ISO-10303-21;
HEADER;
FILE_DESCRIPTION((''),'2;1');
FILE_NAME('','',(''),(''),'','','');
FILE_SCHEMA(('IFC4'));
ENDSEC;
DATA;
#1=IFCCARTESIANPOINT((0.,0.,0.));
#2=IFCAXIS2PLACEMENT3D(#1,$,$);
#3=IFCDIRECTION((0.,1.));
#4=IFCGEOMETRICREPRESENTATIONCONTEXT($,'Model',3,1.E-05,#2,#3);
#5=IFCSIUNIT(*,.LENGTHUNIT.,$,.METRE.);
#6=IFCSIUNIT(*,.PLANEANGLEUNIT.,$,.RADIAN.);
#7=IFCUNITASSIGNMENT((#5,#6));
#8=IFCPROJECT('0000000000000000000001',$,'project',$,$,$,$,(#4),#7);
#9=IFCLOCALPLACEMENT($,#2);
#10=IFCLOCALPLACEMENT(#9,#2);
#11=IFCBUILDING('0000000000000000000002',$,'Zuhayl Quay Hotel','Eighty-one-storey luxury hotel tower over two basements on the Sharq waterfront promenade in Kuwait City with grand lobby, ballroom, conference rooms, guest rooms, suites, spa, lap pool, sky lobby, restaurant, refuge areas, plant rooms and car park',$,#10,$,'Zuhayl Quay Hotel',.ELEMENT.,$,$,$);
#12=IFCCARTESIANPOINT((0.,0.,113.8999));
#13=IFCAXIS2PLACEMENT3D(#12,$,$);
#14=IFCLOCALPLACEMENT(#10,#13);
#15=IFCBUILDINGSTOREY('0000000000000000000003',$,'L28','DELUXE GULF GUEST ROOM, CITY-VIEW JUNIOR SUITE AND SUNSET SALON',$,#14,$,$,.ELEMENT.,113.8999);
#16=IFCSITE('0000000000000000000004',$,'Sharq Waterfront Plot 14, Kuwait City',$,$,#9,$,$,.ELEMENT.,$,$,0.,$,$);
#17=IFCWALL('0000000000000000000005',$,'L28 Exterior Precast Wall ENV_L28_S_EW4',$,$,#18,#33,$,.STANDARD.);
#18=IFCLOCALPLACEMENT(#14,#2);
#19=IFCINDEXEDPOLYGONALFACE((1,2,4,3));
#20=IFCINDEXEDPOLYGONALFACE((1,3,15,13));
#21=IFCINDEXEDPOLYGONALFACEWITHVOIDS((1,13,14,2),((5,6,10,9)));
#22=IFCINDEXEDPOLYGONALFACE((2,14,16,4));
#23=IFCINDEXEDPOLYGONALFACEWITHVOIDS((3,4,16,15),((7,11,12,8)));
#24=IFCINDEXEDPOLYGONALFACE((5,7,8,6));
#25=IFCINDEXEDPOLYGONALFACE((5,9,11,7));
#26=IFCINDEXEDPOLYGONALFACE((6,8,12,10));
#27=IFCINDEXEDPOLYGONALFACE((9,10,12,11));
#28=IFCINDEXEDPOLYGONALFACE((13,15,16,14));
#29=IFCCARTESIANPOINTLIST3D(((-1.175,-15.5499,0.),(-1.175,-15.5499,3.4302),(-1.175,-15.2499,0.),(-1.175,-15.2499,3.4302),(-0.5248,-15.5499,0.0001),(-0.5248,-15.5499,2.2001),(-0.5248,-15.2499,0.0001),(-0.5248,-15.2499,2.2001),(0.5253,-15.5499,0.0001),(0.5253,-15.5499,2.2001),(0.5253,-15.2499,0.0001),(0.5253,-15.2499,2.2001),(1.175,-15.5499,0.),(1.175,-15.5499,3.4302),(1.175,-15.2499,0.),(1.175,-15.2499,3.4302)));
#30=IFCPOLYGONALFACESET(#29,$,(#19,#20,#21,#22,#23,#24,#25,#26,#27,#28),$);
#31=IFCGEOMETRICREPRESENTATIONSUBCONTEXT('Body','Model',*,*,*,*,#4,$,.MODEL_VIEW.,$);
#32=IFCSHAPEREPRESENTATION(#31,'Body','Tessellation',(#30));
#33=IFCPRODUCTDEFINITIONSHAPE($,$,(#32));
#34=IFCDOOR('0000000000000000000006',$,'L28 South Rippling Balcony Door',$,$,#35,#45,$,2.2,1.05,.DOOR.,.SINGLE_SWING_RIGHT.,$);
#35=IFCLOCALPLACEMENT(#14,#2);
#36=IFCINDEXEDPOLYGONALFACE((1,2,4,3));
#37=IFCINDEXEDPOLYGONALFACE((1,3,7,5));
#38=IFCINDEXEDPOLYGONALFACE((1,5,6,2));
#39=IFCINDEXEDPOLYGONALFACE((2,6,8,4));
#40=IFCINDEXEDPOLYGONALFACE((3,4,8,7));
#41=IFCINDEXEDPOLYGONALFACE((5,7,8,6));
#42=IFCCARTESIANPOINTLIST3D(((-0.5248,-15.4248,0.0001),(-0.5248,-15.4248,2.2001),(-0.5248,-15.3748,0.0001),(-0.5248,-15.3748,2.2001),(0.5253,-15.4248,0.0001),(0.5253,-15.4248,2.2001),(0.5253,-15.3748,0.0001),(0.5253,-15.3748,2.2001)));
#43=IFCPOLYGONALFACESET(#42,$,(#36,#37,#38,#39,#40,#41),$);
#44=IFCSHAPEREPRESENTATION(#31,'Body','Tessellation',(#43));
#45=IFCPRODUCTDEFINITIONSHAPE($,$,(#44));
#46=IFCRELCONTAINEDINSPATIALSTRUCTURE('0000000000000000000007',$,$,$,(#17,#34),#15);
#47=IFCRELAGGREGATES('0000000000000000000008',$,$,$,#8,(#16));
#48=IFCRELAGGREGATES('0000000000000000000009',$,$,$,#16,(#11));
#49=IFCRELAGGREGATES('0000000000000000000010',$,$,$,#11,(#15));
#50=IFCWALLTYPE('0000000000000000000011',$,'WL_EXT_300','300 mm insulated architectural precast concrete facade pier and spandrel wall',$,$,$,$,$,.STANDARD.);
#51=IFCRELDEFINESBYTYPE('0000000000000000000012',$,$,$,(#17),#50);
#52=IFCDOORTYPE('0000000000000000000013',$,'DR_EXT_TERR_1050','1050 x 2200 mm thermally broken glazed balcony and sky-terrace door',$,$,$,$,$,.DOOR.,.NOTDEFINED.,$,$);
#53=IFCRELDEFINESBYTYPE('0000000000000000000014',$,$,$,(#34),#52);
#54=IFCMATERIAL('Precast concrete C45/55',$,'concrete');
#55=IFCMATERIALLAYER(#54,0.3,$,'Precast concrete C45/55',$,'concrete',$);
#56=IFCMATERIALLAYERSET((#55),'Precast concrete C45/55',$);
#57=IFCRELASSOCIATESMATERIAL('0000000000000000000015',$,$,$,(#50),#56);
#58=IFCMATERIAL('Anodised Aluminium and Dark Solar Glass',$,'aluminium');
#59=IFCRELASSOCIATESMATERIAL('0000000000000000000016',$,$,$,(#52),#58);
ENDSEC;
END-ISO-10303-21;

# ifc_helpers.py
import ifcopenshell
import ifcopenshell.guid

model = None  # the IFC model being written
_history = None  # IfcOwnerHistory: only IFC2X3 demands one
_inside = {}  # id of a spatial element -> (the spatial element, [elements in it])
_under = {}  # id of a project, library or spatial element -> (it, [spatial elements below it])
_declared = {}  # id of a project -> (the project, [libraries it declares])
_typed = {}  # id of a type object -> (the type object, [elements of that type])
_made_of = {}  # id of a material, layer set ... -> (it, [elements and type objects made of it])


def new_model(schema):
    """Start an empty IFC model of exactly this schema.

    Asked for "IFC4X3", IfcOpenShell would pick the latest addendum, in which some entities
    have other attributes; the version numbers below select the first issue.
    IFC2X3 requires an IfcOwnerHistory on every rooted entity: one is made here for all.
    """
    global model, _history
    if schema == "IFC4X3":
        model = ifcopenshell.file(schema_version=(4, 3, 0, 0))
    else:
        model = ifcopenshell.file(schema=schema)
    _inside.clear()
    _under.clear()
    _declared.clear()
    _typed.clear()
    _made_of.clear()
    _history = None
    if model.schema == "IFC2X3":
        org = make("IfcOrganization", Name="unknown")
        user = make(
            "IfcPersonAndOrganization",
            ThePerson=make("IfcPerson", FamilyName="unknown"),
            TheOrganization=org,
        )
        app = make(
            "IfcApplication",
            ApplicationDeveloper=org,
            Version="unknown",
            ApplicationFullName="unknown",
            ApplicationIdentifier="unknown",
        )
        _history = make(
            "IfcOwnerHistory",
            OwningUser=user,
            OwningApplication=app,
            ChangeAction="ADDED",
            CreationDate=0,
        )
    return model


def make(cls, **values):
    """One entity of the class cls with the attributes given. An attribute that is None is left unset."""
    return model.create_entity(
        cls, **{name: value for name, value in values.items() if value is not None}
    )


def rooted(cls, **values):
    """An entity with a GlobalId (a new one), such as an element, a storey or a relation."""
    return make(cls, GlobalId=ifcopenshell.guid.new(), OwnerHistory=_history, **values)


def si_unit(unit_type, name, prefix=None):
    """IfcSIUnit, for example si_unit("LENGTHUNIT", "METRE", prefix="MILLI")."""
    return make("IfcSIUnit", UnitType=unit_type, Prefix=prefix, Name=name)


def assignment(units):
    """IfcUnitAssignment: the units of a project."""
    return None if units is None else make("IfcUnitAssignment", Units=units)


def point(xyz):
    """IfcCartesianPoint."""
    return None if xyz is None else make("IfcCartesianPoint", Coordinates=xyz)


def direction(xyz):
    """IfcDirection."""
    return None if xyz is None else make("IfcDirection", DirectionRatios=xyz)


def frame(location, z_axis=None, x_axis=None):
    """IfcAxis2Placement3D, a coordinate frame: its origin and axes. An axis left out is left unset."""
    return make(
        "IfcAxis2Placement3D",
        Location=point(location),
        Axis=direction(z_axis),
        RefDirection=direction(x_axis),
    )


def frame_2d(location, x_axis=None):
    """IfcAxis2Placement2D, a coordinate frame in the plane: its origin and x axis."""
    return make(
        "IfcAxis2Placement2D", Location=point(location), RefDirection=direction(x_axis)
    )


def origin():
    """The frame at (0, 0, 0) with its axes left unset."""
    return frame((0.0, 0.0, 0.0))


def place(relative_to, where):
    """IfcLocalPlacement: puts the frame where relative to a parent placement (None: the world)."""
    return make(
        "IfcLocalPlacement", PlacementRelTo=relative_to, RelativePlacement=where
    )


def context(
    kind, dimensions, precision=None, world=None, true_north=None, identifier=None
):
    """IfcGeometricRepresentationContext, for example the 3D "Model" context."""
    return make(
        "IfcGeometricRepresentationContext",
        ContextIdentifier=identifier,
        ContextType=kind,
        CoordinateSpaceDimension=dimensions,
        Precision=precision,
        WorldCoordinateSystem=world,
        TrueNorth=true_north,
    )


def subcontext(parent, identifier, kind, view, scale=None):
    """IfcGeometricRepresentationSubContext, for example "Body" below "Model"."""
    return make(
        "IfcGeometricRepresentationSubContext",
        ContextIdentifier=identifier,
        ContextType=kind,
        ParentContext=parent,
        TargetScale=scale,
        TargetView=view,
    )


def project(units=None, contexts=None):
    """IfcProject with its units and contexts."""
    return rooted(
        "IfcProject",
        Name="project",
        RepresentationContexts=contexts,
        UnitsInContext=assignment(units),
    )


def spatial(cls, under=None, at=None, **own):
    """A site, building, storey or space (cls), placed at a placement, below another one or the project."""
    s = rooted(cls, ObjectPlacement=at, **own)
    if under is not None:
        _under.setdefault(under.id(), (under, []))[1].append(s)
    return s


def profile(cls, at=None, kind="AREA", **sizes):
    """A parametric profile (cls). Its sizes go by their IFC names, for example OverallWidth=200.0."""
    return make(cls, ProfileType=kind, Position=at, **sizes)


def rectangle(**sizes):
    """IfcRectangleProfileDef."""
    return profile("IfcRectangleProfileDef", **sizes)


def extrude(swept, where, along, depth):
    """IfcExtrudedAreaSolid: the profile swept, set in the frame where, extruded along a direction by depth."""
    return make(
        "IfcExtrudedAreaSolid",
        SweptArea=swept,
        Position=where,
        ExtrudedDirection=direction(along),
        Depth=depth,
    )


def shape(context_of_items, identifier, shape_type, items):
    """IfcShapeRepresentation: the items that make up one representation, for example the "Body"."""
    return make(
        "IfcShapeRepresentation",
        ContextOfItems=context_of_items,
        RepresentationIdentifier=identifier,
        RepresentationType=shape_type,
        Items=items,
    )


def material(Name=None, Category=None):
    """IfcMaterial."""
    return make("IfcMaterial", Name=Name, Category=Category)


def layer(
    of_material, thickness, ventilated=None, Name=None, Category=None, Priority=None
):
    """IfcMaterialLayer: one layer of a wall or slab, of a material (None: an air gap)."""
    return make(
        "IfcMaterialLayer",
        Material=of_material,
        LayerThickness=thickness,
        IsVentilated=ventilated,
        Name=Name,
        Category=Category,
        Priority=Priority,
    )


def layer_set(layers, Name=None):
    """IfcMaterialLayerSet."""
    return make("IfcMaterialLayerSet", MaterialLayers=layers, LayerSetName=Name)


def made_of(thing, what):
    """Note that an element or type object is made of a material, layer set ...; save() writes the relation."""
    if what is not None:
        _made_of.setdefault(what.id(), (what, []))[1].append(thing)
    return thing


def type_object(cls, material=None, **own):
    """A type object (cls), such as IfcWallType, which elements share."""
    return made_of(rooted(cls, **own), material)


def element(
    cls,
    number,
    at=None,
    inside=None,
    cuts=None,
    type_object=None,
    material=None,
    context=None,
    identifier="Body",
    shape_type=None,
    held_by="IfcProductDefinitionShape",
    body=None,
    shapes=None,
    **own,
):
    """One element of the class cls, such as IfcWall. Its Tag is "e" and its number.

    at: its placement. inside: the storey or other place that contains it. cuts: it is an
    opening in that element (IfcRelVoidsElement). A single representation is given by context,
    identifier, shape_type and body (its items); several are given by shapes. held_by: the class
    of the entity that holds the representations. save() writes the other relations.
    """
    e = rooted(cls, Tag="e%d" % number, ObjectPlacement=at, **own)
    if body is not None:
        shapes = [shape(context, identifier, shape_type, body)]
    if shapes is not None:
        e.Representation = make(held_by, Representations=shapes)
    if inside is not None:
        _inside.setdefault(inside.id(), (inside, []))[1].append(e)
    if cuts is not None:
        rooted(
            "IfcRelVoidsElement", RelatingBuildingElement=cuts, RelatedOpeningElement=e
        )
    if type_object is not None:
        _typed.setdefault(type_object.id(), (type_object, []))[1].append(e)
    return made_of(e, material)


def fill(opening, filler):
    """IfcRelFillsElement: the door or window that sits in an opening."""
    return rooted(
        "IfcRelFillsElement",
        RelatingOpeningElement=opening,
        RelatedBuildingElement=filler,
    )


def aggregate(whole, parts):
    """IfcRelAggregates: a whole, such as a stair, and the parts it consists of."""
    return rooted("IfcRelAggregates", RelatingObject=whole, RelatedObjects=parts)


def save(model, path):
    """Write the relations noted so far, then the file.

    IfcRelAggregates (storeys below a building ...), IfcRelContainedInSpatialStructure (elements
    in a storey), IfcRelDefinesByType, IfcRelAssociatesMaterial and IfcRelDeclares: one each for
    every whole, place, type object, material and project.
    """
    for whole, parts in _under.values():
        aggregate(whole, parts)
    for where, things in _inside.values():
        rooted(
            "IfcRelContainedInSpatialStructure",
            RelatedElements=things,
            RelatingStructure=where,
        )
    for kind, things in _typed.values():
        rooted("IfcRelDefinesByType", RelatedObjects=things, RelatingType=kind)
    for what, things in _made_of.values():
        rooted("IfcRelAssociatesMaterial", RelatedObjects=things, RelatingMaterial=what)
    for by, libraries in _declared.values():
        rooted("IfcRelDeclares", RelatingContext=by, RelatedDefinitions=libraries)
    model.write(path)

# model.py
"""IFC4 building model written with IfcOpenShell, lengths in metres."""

from ifc_helpers import new_model, si_unit, direction, frame, frame_2d, origin, place, context, subcontext, project, spatial, rectangle, extrude, material, layer, layer_set, type_object, element, fill, save


model = new_model("IFC4")

# Units and contexts
model_context = context("Model", 3, precision=1e-05, world=origin(), true_north=direction((0.0, 1.0)))
body_context = subcontext(model_context, "Body", "Model", "MODEL_VIEW")
ifc_project = project(units=[si_unit("LENGTHUNIT", "METRE"), si_unit("PLANEANGLEUNIT", "RADIAN")], contexts=[model_context])

# Site, building, storey
site_placement = place(None, origin())
site = spatial("IfcSite", under=ifc_project, at=site_placement, Name="Sharq Waterfront Plot 14, Kuwait City", CompositionType="ELEMENT", RefElevation=0.0)
building_placement = place(site_placement, origin())
building = spatial("IfcBuilding", under=site, at=building_placement, Name="Zuhayl Quay Hotel", Description="Eighty-one-storey luxury hotel tower over two basements on the Sharq waterfront promenade in Kuwait City with grand lobby, ballroom, conference rooms, guest rooms, suites, spa, lap pool, sky lobby, restaurant, refuge areas, plant rooms and car park", LongName="Zuhayl Quay Hotel", CompositionType="ELEMENT")
storey_placement = place(building_placement, frame((0.0, 0.0, 113.8999)))
storey = spatial("IfcBuildingStorey", under=building, at=storey_placement, Name="L28", Description="DELUXE GULF GUEST ROOM, CITY-VIEW JUNIOR SUITE AND SUNSET SALON", CompositionType="ELEMENT", Elevation=113.8999)

# Wall, opening, door
ifc_material_1 = material(Name="Precast concrete C45/55", Category="concrete")
ifc_layer_1 = layer(ifc_material_1, 0.3, Name="Precast concrete C45/55", Category="concrete")
ifc_layer_set_1 = layer_set([ifc_layer_1], Name="Precast concrete C45/55")
wall_type = type_object("IfcWallType", Name="WL_EXT_300", Description="300 mm insulated architectural precast concrete facade pier and spandrel wall", PredefinedType="STANDARD", material=ifc_layer_set_1)
wall_placement = place(storey_placement, frame((1.175, -15.3999, 0.0), z_axis=(0.0, 0.0, 1.0), x_axis=(-1.0, 0.0, 0.0)))
wall = element("IfcWall", 1, at=wall_placement, inside=storey, type_object=wall_type, Name="L28 Exterior Precast Wall ENV_L28_S_EW4", PredefinedType="STANDARD", context=body_context, shape_type="SweptSolid", body=[
    extrude(rectangle(XDim=2.3501, YDim=0.3, at=frame_2d((1.175, 0.0))), origin(), (0.0, 0.0, 1.0), 3.4302),
])
opening_placement = place(wall_placement, frame((0.6499, 0.0, 0.0)))
opening = element("IfcOpeningElement", 2, at=opening_placement, cuts=wall, PredefinedType="OPENING", context=body_context, shape_type="SweptSolid", body=[
    extrude(rectangle(XDim=1.05, YDim=2.2, at=frame_2d((0.5249, 1.1001))), frame((0.0, 0.1599, 0.0), z_axis=(0.0, -1.0, 0.0), x_axis=(1.0, 0.0, 0.0)), (0.0, 0.0, 1.0), 0.3201),
])
ifc_material_2 = material(Name="Anodised Aluminium and Dark Solar Glass", Category="aluminium")
door_type = type_object("IfcDoorType", Name="DR_EXT_TERR_1050", Description="1050 x 2200 mm thermally broken glazed balcony and sky-terrace door", OperationType="NOTDEFINED", PredefinedType="DOOR", material=ifc_material_2)
door_placement = place(opening_placement, origin())
door = element("IfcDoor", 3, at=door_placement, inside=storey, type_object=door_type, Name="L28 South Rippling Balcony Door", OperationType="SINGLE_SWING_RIGHT", OverallHeight=2.2, OverallWidth=1.05, PredefinedType="DOOR", context=body_context, shape_type="SweptSolid", body=[
    extrude(rectangle(XDim=1.05, YDim=2.2, at=frame_2d((0.5249, 1.1001))), frame((0.0, 0.0249, 0.0), z_axis=(0.0, -1.0, 0.0), x_axis=(1.0, 0.0, 0.0)), (0.0, 0.0, 1.0), 0.05),
])
fill(opening, door)

save(model, "model.ifc")
